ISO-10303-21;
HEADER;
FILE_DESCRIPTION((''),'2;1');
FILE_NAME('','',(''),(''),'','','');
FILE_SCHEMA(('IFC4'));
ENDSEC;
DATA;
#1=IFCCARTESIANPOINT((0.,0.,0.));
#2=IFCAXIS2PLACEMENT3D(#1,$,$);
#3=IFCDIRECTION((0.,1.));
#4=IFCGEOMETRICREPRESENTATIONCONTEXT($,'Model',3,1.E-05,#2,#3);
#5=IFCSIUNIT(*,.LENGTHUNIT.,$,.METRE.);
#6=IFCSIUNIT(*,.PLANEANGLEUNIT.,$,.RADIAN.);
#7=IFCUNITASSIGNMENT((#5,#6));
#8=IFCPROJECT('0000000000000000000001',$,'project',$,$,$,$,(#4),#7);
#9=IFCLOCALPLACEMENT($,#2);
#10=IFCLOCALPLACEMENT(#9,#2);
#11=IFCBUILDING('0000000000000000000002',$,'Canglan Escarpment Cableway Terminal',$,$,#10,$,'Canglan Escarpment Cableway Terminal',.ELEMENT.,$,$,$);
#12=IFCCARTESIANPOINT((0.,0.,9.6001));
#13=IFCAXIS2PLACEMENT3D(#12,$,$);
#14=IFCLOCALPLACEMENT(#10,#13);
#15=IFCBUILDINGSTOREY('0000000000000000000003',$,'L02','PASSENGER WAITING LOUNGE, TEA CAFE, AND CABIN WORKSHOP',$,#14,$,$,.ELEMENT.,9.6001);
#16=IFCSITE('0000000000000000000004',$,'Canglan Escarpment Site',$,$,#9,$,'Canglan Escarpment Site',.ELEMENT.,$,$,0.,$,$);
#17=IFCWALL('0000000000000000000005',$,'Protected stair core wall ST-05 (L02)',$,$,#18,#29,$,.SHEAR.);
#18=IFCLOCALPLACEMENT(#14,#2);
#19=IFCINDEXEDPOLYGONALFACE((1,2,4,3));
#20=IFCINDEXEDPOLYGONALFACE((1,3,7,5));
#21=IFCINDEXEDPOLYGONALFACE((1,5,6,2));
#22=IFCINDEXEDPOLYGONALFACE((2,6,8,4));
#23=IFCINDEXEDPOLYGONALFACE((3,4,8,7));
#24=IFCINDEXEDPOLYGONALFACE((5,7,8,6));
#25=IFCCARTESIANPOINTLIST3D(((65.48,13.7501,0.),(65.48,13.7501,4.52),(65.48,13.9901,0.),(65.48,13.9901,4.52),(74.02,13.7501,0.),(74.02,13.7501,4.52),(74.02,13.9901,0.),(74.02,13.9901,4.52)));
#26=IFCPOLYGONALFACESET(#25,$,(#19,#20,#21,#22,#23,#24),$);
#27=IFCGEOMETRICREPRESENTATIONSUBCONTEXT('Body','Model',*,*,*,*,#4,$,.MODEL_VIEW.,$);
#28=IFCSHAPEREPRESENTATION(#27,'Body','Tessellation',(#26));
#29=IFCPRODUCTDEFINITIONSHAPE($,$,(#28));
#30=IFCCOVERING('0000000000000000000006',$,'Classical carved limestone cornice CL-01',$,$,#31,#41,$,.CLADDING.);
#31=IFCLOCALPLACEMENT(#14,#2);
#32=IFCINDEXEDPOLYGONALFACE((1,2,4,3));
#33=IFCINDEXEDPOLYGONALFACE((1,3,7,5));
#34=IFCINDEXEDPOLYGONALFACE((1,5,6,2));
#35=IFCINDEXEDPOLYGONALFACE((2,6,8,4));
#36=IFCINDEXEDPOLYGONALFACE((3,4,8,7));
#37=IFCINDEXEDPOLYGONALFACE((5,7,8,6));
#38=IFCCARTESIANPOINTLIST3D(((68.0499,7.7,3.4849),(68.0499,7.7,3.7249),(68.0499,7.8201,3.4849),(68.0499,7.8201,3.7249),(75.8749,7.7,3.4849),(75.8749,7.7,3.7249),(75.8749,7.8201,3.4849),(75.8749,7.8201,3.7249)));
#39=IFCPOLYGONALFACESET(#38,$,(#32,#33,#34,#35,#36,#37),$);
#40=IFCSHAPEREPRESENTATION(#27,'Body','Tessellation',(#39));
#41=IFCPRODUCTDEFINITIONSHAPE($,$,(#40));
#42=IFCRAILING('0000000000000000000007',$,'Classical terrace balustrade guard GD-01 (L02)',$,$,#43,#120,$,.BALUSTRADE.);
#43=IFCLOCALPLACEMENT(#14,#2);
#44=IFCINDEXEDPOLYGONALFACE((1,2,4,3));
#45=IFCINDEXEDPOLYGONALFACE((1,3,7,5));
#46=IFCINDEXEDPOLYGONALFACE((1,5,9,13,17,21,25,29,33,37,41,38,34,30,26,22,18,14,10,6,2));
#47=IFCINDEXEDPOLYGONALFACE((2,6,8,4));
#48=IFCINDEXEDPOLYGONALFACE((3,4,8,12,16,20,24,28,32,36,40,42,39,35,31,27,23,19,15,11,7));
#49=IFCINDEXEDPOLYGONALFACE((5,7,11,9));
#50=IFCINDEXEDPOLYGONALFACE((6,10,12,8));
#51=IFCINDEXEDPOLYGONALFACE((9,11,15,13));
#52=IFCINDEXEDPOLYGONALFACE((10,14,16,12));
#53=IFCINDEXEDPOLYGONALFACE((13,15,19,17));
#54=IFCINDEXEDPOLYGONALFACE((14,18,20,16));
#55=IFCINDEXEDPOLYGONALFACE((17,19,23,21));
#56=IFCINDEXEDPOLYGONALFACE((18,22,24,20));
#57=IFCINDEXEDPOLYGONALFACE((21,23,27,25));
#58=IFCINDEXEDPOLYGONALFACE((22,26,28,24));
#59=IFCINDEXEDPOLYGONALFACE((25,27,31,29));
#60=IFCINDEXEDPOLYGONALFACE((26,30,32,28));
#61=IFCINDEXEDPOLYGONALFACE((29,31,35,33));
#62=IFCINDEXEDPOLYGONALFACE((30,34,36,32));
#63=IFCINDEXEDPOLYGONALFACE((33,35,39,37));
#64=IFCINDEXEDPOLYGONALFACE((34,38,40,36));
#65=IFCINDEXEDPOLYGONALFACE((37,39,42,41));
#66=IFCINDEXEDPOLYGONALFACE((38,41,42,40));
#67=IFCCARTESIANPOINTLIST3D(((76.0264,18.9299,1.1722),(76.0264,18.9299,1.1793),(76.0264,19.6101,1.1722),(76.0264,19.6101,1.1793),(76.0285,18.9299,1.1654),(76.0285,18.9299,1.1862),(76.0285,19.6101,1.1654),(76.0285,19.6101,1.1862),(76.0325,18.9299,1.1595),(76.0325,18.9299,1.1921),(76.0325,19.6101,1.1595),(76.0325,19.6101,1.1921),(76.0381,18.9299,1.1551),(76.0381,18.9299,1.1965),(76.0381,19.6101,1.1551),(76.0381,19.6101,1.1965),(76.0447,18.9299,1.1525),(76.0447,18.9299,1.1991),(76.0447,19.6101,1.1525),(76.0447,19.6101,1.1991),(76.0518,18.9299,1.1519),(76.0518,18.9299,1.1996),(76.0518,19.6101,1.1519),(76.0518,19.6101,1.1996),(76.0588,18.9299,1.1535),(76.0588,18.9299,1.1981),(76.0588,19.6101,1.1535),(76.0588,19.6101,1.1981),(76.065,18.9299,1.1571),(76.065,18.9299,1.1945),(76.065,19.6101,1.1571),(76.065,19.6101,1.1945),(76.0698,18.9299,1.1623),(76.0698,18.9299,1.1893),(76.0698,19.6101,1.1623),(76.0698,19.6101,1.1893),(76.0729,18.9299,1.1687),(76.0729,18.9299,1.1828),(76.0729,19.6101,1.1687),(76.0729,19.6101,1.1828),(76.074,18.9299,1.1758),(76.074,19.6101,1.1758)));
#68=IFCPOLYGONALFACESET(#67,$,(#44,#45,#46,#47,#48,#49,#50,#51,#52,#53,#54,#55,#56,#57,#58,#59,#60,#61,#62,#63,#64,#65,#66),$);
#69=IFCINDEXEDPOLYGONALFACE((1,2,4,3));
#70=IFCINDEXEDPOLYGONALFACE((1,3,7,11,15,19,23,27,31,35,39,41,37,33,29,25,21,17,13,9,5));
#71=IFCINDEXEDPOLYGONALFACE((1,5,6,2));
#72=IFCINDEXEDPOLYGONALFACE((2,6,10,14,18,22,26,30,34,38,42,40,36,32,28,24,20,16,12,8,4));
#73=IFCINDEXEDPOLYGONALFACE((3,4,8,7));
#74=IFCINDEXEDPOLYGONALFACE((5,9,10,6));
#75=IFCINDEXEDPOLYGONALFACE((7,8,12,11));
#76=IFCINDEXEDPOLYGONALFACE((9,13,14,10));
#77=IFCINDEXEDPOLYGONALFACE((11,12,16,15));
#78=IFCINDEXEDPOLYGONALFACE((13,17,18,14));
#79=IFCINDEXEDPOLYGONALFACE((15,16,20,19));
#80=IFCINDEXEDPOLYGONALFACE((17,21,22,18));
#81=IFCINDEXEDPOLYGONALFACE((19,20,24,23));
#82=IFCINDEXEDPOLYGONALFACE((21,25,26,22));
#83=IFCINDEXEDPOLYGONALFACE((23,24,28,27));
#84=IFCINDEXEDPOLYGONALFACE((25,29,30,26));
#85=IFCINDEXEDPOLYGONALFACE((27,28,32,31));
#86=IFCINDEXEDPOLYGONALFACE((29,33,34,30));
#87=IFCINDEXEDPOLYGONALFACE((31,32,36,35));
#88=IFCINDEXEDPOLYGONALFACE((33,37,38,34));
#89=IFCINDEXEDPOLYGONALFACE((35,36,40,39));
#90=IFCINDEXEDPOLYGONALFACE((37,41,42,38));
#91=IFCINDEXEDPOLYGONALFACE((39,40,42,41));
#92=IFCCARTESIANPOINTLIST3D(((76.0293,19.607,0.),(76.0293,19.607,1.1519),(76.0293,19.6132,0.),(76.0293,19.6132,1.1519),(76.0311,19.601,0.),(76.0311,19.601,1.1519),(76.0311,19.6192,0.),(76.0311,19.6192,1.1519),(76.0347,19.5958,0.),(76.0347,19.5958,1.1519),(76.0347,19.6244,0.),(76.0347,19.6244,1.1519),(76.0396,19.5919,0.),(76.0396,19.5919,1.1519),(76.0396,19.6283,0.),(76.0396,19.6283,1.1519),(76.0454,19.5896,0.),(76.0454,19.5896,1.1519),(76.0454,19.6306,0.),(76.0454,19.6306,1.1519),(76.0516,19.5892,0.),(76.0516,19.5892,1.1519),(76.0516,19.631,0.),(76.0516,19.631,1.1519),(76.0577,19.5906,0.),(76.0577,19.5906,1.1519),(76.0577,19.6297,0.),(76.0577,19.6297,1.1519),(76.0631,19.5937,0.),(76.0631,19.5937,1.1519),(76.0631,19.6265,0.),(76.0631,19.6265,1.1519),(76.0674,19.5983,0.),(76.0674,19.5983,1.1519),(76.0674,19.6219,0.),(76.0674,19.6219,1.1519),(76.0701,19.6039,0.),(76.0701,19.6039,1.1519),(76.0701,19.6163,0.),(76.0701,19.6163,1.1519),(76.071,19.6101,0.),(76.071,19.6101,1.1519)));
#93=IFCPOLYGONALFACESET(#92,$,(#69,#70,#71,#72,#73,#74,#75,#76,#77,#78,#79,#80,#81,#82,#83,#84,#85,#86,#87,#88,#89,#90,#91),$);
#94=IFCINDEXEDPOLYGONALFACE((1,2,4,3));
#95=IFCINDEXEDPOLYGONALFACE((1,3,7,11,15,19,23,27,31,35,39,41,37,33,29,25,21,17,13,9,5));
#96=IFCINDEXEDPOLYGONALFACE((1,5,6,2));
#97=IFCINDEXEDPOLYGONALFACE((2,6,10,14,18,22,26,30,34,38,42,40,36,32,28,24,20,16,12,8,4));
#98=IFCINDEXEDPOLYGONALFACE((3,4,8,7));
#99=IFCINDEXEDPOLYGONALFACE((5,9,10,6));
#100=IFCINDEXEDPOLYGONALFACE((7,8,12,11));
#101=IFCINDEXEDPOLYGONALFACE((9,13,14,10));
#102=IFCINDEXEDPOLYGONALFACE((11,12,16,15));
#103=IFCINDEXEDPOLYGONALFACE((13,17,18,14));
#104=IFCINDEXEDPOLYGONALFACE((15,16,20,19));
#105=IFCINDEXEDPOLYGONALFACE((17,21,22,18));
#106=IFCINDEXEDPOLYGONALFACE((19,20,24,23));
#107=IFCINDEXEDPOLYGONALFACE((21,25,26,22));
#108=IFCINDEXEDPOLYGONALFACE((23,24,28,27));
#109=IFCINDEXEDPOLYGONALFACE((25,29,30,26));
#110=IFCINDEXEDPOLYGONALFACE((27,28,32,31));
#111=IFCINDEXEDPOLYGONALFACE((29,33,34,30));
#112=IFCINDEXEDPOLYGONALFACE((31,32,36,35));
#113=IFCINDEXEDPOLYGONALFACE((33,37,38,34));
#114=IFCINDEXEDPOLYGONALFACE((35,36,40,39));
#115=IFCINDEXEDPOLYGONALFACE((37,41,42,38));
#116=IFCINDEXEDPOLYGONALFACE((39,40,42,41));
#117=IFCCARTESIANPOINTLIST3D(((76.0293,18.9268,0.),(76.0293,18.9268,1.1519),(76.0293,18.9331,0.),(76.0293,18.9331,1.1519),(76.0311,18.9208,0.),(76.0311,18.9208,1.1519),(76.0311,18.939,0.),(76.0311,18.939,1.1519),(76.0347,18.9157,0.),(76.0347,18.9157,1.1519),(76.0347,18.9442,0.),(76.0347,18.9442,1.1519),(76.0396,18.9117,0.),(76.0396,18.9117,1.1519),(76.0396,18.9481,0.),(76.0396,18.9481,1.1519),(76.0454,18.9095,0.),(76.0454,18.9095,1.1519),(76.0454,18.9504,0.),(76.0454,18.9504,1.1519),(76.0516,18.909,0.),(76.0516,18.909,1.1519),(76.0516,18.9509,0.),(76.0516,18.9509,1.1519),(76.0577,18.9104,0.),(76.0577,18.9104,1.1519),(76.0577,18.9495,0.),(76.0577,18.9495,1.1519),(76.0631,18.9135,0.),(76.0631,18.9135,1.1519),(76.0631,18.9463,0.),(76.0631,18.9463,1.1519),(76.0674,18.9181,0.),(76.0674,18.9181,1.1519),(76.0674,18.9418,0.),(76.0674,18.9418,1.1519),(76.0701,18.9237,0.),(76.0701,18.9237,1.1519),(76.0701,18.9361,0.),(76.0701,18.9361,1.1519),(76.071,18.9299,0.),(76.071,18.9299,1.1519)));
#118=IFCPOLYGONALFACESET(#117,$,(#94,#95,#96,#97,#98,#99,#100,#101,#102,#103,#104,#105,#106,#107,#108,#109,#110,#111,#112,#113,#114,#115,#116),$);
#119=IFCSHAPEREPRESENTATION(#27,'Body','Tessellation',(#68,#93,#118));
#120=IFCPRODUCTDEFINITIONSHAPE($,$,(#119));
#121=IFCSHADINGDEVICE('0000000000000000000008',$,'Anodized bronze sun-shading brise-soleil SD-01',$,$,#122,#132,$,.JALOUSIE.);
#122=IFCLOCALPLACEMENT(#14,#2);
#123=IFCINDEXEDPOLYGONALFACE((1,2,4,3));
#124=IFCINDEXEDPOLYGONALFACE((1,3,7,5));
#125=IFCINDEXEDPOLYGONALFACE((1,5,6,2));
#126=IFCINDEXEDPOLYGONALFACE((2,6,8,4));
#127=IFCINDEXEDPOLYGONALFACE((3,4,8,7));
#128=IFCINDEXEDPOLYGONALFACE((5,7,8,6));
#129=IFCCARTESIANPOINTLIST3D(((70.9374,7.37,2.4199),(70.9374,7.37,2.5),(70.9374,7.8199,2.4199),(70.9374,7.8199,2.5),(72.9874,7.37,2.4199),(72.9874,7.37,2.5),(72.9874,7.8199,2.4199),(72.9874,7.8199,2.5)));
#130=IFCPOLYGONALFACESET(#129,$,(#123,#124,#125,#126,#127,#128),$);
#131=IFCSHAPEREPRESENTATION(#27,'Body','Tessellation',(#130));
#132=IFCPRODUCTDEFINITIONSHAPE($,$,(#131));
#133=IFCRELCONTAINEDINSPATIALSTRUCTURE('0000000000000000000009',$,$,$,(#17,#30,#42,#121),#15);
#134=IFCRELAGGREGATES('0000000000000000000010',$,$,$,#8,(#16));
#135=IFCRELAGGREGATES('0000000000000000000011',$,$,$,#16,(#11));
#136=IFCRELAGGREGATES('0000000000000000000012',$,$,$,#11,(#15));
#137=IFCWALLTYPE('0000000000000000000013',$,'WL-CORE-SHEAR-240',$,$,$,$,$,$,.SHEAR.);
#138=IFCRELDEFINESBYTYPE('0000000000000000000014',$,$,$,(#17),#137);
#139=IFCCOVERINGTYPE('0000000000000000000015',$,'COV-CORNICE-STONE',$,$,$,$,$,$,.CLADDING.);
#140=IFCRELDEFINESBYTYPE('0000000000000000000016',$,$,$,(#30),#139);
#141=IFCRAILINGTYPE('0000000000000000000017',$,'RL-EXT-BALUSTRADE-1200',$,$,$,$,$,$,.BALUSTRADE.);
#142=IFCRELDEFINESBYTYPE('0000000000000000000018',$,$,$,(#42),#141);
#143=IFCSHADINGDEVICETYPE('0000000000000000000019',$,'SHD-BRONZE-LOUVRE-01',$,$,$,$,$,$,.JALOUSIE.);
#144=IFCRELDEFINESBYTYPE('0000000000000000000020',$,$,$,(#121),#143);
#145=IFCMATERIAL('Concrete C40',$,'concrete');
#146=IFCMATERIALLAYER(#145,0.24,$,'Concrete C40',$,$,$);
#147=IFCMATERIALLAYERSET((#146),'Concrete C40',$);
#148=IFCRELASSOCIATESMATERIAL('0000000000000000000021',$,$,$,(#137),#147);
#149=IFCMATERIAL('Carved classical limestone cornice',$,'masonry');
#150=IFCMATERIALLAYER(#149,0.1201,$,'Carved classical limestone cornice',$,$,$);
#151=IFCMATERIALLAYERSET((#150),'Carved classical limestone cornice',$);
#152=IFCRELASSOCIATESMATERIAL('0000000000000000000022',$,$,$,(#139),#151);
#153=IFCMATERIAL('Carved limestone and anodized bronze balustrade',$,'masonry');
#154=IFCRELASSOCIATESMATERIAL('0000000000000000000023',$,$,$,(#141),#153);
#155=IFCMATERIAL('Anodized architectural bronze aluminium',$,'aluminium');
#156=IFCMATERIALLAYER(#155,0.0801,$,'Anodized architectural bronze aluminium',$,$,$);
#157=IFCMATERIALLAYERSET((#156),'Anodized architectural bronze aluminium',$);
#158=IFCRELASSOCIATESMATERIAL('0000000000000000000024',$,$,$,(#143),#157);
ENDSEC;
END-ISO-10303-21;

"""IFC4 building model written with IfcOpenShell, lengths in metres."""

from ifc_helpers import new_model, si_unit, direction, frame, frame_2d, origin, origin_2d, place, context, subcontext, project, spatial, rectangle, circle, extrude, material, layer, layer_set, type_object, element, save


model = new_model("IFC4")

# Units and contexts
model_context = context("Model", 3, precision=1e-05, world=origin(), true_north=direction((0.0, 1.0)))
body_context = subcontext(model_context, "Body", "Model", "MODEL_VIEW")
ifc_project = project(units=[si_unit("LENGTHUNIT", "METRE"), si_unit("PLANEANGLEUNIT", "RADIAN")], contexts=[model_context])

# Site, building, storey
site_placement = place(None, origin())
site = spatial("IfcSite", under=ifc_project, at=site_placement, Name="Canglan Escarpment Site", LongName="Canglan Escarpment Site", CompositionType="ELEMENT", RefElevation=0.0)
building_placement = place(site_placement, origin())
building = spatial("IfcBuilding", under=site, at=building_placement, Name="Canglan Escarpment Cableway Terminal", LongName="Canglan Escarpment Cableway Terminal", CompositionType="ELEMENT")
storey_placement = place(building_placement, frame((0.0, 0.0, 9.6001)))
storey = spatial("IfcBuildingStorey", under=building, at=storey_placement, Name="L02", Description="PASSENGER WAITING LOUNGE, TEA CAFE, AND CABIN WORKSHOP", CompositionType="ELEMENT", Elevation=9.6001)

# Wall
ifc_material_1 = material(Name="Concrete C40", Category="concrete")
ifc_layer_1 = layer(ifc_material_1, 0.24, Name="Concrete C40")
ifc_layer_set_1 = layer_set([ifc_layer_1], Name="Concrete C40")
wall_type = type_object("IfcWallType", Name="WL-CORE-SHEAR-240", PredefinedType="SHEAR", material=ifc_layer_set_1)
wall_1_placement = place(storey_placement, frame((74.02, 13.8701, 0.0), z_axis=(0.0, 0.0, 1.0), x_axis=(-1.0, 0.0, 0.0)))
element("IfcWall", 1, at=wall_1_placement, inside=storey, type_object=wall_type, Name="Protected stair core wall ST-05 (L02)", PredefinedType="SHEAR", context=body_context, shape_type="SweptSolid", body=[
    extrude(rectangle(XDim=8.54, YDim=0.24, at=frame_2d((4.27, 0.0))), origin(), (0.0, 0.0, 1.0), 4.52),
])

# Covering
ifc_material_2 = material(Name="Carved classical limestone cornice", Category="masonry")
ifc_layer_2 = layer(ifc_material_2, 0.1201, Name="Carved classical limestone cornice")
ifc_layer_set_2 = layer_set([ifc_layer_2], Name="Carved classical limestone cornice")
covering_type = type_object("IfcCoveringType", Name="COV-CORNICE-STONE", PredefinedType="CLADDING", material=ifc_layer_set_2)
covering_placement = place(storey_placement, frame((71.9624, 7.76, 3.4849), z_axis=(0.0, 0.0, 1.0), x_axis=(1.0, 0.0, 0.0)))
element("IfcCovering", 2, at=covering_placement, inside=storey, type_object=covering_type, Name="Classical carved limestone cornice CL-01", PredefinedType="CLADDING", context=body_context, shape_type="SweptSolid", body=[
    extrude(rectangle(XDim=7.825, YDim=0.1201, at=origin_2d()), origin(), (0.0, 0.0, 1.0), 0.24),
])

# Railing
ifc_material_3 = material(Name="Carved limestone and anodized bronze balustrade", Category="masonry")
railing_type = type_object("IfcRailingType", Name="RL-EXT-BALUSTRADE-1200", PredefinedType="BALUSTRADE", material=ifc_material_3)
railing_placement = place(storey_placement, frame((76.05, 19.6101, 0.0)))
element("IfcRailing", 3, at=railing_placement, inside=storey, type_object=railing_type, Name="Classical terrace balustrade guard GD-01 (L02)", PredefinedType="BALUSTRADE", context=body_context, shape_type="SweptSolid", body=[
    extrude(circle(Radius=0.0239, at=origin_2d()), frame((0.0, 0.0, 1.1758), z_axis=(0.0, -1.0, 0.0), x_axis=(1.0, 0.0, 0.0)), (0.0, 0.0, 1.0), 0.6802),
    extrude(circle(Radius=0.021, at=origin_2d()), origin(), (0.0, 0.0, 1.0), 1.1519),
    extrude(circle(Radius=0.021, at=origin_2d()), frame((0.0, -0.6802, 0.0)), (0.0, 0.0, 1.0), 1.1519),
])

# Shading device
ifc_material_4 = material(Name="Anodized architectural bronze aluminium", Category="aluminium")
ifc_layer_3 = layer(ifc_material_4, 0.0801, Name="Anodized architectural bronze aluminium")
ifc_layer_set_3 = layer_set([ifc_layer_3], Name="Anodized architectural bronze aluminium")
shading_device_type = type_object("IfcShadingDeviceType", Name="SHD-BRONZE-LOUVRE-01", PredefinedType="JALOUSIE", material=ifc_layer_set_3)
shading_device_placement = place(storey_placement, frame((71.9624, 7.595, 2.4199), z_axis=(0.0, 0.0, 1.0), x_axis=(1.0, 0.0, 0.0)))
element("IfcShadingDevice", 4, at=shading_device_placement, inside=storey, type_object=shading_device_type, Name="Anodized bronze sun-shading brise-soleil SD-01", PredefinedType="JALOUSIE", context=body_context, shape_type="SweptSolid", body=[
    extrude(rectangle(XDim=2.05, YDim=0.45, at=origin_2d()), origin(), (0.0, 0.0, 1.0), 0.0801),
])

save(model, "model.ifc")
